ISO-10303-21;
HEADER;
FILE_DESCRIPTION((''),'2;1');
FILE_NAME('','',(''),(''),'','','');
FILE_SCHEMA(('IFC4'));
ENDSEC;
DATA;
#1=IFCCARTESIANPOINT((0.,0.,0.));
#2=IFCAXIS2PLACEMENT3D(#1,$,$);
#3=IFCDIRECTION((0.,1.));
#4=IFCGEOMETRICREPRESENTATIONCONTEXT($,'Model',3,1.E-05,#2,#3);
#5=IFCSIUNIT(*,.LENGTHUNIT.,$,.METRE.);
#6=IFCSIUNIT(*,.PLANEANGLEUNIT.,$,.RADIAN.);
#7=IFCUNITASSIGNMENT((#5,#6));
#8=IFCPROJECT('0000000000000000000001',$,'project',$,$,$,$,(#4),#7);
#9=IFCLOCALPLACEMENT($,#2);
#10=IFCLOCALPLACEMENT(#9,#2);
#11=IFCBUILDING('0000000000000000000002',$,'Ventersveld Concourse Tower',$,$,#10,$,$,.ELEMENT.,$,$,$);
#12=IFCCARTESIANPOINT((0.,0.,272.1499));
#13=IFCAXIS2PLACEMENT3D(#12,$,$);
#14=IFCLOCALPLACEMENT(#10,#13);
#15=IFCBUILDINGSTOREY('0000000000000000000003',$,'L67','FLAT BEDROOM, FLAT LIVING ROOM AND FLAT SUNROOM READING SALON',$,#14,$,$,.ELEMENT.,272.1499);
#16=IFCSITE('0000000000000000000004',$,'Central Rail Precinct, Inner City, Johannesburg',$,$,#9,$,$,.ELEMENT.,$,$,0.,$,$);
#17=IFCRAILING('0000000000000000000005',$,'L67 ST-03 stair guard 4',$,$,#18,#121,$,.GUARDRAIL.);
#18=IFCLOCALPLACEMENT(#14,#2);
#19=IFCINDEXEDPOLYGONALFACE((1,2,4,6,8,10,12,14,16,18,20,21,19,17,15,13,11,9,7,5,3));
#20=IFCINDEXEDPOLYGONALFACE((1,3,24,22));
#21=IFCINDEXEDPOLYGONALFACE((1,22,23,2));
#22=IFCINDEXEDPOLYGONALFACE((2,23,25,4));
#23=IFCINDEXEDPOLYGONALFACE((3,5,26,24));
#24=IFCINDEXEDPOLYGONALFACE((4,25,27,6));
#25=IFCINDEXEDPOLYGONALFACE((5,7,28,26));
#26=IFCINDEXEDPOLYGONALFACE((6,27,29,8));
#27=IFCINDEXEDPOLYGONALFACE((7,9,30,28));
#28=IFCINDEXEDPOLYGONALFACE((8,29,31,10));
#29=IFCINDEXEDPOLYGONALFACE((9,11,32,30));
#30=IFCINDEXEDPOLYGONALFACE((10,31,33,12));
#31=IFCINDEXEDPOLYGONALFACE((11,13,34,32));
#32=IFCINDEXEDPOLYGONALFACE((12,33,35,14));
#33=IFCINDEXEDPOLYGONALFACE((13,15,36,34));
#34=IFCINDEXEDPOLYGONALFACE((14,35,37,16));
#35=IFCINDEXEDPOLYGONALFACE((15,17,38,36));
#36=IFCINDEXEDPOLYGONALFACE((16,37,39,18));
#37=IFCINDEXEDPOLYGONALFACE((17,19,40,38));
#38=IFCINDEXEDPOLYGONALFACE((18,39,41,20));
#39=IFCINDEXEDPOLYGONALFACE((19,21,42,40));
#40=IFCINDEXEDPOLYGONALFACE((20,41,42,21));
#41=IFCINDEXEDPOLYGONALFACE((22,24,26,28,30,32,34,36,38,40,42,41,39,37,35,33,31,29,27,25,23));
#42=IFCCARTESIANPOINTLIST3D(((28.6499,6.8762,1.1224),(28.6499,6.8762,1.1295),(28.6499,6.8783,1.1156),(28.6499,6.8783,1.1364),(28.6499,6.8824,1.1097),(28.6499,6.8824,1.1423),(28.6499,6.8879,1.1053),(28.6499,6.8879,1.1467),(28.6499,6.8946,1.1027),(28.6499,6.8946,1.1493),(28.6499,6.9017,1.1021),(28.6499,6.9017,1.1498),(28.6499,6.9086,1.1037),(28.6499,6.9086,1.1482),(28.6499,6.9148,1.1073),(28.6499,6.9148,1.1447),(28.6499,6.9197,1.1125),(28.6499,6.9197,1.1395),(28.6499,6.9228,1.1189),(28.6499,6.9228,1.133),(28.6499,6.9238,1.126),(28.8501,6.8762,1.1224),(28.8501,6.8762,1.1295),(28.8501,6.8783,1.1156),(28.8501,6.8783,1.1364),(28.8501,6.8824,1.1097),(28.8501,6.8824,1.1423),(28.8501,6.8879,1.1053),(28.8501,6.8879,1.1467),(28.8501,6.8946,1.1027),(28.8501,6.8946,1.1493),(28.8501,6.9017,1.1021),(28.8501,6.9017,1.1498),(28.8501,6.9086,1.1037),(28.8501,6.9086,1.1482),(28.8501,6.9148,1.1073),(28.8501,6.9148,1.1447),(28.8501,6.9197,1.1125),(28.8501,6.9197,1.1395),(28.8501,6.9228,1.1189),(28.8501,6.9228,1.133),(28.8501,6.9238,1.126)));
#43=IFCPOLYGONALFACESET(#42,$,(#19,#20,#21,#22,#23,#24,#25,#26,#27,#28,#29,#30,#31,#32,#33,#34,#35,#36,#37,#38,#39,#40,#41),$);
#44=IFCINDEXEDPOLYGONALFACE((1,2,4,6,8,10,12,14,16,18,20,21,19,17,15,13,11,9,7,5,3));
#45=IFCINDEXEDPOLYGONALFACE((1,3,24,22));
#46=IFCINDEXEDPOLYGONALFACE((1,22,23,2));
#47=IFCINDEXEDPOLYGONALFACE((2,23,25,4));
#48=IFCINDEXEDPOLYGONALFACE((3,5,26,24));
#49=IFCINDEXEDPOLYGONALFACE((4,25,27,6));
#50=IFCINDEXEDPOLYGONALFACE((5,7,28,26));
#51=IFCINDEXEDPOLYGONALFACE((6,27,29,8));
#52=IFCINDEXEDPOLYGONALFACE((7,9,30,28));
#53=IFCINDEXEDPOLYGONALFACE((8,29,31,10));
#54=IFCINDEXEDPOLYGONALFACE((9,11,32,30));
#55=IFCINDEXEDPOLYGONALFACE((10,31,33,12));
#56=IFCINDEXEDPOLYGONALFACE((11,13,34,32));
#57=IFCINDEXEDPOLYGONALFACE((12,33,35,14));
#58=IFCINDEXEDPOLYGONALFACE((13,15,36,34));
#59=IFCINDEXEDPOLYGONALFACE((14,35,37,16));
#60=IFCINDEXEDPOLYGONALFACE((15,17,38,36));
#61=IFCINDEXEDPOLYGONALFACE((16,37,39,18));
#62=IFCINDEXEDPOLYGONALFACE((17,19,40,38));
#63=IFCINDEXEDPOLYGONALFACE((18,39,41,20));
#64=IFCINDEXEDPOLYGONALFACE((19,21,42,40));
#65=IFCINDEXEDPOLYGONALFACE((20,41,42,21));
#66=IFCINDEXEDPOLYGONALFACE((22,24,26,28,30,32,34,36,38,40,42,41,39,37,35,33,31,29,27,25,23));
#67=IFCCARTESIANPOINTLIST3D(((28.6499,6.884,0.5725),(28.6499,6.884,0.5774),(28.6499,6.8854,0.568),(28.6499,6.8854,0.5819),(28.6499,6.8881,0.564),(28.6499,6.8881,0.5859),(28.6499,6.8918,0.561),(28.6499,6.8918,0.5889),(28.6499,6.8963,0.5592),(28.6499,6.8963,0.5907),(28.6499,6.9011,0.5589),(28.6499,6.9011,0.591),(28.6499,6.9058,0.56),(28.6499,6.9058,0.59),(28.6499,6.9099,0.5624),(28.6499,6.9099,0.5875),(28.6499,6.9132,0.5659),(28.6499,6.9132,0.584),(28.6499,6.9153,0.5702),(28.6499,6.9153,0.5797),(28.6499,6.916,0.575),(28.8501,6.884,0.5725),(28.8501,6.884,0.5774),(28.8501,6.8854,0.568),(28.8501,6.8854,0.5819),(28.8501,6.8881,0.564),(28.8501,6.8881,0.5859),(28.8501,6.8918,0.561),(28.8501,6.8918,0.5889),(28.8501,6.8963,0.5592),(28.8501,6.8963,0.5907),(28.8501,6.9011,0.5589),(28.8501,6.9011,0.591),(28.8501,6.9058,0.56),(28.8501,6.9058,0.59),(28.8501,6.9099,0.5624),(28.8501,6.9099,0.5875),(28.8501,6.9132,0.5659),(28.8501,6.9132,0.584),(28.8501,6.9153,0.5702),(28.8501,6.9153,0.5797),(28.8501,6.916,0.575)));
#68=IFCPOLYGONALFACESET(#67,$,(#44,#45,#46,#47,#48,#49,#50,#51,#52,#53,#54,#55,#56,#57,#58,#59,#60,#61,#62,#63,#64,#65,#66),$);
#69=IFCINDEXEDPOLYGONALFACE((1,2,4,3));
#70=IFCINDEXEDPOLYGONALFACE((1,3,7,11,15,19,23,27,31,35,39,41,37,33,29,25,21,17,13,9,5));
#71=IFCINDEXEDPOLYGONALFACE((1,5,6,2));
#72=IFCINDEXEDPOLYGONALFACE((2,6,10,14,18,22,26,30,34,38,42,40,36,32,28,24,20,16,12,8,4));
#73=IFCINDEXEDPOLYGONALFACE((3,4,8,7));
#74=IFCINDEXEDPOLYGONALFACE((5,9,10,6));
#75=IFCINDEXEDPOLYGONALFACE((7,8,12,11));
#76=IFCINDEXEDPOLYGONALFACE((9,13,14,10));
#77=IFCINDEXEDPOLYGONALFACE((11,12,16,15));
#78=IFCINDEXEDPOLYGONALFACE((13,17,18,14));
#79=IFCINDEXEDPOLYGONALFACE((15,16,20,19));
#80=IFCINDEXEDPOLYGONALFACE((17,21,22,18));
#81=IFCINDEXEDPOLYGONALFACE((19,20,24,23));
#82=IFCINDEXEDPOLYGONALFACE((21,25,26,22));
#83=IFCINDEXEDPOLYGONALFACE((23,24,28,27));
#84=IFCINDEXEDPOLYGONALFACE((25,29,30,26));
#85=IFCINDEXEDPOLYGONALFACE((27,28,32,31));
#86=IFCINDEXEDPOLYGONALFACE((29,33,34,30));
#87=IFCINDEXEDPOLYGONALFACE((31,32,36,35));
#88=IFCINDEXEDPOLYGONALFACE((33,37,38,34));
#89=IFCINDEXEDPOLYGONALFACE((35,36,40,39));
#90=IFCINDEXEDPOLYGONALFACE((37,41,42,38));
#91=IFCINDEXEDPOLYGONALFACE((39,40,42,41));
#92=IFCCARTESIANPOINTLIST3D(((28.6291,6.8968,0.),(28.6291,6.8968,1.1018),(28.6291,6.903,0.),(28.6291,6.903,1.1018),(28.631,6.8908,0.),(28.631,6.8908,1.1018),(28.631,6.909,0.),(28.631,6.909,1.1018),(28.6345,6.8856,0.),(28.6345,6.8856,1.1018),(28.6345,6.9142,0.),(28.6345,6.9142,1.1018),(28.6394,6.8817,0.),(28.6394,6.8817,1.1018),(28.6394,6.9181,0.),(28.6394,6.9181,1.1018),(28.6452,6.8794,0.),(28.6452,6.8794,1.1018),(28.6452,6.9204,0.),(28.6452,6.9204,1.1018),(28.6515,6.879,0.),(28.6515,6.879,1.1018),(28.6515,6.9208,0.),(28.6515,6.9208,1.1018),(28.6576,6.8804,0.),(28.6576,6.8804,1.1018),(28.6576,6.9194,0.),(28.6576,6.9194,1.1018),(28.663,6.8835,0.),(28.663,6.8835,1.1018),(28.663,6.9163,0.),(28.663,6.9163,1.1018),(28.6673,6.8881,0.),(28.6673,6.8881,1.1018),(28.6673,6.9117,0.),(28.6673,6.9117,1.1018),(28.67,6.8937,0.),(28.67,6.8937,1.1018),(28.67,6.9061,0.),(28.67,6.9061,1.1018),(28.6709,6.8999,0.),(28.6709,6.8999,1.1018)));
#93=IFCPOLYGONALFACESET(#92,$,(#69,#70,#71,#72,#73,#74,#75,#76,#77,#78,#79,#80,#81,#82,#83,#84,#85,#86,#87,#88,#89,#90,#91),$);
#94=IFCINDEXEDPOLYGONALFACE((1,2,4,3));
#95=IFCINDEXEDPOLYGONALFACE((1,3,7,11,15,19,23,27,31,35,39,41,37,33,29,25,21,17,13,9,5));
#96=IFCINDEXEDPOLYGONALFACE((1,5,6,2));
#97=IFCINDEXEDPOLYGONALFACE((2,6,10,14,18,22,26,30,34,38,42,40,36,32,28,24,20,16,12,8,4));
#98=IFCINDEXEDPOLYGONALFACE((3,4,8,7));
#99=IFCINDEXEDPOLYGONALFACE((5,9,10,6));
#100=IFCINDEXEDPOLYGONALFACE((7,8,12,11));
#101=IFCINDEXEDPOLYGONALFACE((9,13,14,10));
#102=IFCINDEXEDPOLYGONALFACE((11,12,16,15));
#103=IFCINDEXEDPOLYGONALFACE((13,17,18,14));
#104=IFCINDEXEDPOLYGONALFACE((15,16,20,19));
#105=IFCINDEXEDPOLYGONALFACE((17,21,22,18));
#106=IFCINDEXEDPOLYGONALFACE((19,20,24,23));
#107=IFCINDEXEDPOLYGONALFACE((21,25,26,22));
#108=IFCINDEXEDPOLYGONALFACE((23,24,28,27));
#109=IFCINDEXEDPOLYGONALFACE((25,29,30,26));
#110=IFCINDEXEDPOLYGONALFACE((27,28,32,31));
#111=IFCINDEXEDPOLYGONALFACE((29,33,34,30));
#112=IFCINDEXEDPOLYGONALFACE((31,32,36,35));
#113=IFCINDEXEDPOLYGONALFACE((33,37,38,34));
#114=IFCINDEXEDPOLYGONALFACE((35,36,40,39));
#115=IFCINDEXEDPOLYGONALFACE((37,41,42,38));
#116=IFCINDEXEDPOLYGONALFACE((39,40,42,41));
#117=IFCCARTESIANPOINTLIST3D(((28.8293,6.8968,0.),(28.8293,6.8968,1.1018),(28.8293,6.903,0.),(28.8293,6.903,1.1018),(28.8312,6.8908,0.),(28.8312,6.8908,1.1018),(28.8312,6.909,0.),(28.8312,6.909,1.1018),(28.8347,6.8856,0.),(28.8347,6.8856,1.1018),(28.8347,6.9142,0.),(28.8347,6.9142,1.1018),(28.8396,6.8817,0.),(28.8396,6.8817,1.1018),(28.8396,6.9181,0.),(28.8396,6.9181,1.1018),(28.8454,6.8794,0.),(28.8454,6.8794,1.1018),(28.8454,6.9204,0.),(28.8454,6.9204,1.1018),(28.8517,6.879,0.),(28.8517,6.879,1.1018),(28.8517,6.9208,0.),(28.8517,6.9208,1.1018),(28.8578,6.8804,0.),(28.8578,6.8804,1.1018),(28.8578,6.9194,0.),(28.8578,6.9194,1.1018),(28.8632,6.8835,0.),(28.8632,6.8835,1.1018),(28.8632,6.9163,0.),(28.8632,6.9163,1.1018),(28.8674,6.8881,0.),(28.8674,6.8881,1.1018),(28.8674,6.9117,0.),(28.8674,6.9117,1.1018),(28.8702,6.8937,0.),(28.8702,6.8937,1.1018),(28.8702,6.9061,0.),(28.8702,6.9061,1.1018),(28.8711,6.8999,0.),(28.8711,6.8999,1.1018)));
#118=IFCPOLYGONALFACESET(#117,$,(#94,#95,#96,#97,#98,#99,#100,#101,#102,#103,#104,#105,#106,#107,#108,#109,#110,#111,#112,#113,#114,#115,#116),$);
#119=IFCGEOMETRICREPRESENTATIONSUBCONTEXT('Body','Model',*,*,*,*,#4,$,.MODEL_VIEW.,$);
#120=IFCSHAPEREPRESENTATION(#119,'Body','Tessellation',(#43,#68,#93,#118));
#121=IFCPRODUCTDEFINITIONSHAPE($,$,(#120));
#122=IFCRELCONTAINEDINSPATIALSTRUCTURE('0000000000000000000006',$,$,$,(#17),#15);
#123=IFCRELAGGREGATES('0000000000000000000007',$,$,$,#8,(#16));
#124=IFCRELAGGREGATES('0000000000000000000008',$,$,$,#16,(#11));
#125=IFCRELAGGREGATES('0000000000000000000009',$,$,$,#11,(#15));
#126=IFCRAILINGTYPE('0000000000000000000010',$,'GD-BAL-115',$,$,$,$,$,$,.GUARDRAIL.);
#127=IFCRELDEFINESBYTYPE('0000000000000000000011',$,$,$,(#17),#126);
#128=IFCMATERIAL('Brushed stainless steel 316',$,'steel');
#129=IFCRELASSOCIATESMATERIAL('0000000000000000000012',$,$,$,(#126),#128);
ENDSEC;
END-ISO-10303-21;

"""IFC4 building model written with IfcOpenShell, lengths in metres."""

from ifc_helpers import new_model, si_unit, direction, frame, origin, origin_2d, place, context, subcontext, project, spatial, circle, extrude, material, type_object, element, save


model = new_model("IFC4")

# Units and contexts
model_context = context("Model", 3, precision=1e-05, world=origin(), true_north=direction((0.0, 1.0)))
body_context = subcontext(model_context, "Body", "Model", "MODEL_VIEW")
ifc_project = project(units=[si_unit("LENGTHUNIT", "METRE"), si_unit("PLANEANGLEUNIT", "RADIAN")], contexts=[model_context])

# Site, building, storey
site_placement = place(None, origin())
site = spatial("IfcSite", under=ifc_project, at=site_placement, Name="Central Rail Precinct, Inner City, Johannesburg", CompositionType="ELEMENT", RefElevation=0.0)
building_placement = place(site_placement, origin())
building = spatial("IfcBuilding", under=site, at=building_placement, Name="Ventersveld Concourse Tower", CompositionType="ELEMENT")
storey_placement = place(building_placement, frame((0.0, 0.0, 272.1499)))
storey = spatial("IfcBuildingStorey", under=building, at=storey_placement, Name="L67", Description="FLAT BEDROOM, FLAT LIVING ROOM AND FLAT SUNROOM READING SALON", CompositionType="ELEMENT", Elevation=272.1499)

# Railing
ifc_material_1 = material(Name="Brushed stainless steel 316", Category="steel")
railing_type_1 = type_object("IfcRailingType", Name="GD-BAL-115", PredefinedType="GUARDRAIL", material=ifc_material_1)
railing_1_placement = place(storey_placement, frame((28.6499, 6.8999, 0.0)))
element("IfcRailing", 1, at=railing_1_placement, inside=storey, type_object=railing_type_1, Name="L67 ST-03 stair guard 4", PredefinedType="GUARDRAIL", context=body_context, shape_type="SweptSolid", body=[
    extrude(circle(Radius=0.0239, at=origin_2d()), frame((0.0, 0.0, 1.126), z_axis=(1.0, 0.0, 0.0), x_axis=(0.0, 1.0, 0.0)), (0.0, 0.0, 1.0), 0.2002),
    extrude(circle(Radius=0.0161, at=origin_2d()), frame((0.0, 0.0, 0.575), z_axis=(1.0, 0.0, 0.0), x_axis=(0.0, 1.0, 0.0)), (0.0, 0.0, 1.0), 0.2002),
    extrude(circle(Radius=0.021, at=origin_2d()), origin(), (0.0, 0.0, 1.0), 1.1018),
    extrude(circle(Radius=0.021, at=origin_2d()), frame((0.2002, 0.0, 0.0)), (0.0, 0.0, 1.0), 1.1018),
])

save(model, "model.ifc")
